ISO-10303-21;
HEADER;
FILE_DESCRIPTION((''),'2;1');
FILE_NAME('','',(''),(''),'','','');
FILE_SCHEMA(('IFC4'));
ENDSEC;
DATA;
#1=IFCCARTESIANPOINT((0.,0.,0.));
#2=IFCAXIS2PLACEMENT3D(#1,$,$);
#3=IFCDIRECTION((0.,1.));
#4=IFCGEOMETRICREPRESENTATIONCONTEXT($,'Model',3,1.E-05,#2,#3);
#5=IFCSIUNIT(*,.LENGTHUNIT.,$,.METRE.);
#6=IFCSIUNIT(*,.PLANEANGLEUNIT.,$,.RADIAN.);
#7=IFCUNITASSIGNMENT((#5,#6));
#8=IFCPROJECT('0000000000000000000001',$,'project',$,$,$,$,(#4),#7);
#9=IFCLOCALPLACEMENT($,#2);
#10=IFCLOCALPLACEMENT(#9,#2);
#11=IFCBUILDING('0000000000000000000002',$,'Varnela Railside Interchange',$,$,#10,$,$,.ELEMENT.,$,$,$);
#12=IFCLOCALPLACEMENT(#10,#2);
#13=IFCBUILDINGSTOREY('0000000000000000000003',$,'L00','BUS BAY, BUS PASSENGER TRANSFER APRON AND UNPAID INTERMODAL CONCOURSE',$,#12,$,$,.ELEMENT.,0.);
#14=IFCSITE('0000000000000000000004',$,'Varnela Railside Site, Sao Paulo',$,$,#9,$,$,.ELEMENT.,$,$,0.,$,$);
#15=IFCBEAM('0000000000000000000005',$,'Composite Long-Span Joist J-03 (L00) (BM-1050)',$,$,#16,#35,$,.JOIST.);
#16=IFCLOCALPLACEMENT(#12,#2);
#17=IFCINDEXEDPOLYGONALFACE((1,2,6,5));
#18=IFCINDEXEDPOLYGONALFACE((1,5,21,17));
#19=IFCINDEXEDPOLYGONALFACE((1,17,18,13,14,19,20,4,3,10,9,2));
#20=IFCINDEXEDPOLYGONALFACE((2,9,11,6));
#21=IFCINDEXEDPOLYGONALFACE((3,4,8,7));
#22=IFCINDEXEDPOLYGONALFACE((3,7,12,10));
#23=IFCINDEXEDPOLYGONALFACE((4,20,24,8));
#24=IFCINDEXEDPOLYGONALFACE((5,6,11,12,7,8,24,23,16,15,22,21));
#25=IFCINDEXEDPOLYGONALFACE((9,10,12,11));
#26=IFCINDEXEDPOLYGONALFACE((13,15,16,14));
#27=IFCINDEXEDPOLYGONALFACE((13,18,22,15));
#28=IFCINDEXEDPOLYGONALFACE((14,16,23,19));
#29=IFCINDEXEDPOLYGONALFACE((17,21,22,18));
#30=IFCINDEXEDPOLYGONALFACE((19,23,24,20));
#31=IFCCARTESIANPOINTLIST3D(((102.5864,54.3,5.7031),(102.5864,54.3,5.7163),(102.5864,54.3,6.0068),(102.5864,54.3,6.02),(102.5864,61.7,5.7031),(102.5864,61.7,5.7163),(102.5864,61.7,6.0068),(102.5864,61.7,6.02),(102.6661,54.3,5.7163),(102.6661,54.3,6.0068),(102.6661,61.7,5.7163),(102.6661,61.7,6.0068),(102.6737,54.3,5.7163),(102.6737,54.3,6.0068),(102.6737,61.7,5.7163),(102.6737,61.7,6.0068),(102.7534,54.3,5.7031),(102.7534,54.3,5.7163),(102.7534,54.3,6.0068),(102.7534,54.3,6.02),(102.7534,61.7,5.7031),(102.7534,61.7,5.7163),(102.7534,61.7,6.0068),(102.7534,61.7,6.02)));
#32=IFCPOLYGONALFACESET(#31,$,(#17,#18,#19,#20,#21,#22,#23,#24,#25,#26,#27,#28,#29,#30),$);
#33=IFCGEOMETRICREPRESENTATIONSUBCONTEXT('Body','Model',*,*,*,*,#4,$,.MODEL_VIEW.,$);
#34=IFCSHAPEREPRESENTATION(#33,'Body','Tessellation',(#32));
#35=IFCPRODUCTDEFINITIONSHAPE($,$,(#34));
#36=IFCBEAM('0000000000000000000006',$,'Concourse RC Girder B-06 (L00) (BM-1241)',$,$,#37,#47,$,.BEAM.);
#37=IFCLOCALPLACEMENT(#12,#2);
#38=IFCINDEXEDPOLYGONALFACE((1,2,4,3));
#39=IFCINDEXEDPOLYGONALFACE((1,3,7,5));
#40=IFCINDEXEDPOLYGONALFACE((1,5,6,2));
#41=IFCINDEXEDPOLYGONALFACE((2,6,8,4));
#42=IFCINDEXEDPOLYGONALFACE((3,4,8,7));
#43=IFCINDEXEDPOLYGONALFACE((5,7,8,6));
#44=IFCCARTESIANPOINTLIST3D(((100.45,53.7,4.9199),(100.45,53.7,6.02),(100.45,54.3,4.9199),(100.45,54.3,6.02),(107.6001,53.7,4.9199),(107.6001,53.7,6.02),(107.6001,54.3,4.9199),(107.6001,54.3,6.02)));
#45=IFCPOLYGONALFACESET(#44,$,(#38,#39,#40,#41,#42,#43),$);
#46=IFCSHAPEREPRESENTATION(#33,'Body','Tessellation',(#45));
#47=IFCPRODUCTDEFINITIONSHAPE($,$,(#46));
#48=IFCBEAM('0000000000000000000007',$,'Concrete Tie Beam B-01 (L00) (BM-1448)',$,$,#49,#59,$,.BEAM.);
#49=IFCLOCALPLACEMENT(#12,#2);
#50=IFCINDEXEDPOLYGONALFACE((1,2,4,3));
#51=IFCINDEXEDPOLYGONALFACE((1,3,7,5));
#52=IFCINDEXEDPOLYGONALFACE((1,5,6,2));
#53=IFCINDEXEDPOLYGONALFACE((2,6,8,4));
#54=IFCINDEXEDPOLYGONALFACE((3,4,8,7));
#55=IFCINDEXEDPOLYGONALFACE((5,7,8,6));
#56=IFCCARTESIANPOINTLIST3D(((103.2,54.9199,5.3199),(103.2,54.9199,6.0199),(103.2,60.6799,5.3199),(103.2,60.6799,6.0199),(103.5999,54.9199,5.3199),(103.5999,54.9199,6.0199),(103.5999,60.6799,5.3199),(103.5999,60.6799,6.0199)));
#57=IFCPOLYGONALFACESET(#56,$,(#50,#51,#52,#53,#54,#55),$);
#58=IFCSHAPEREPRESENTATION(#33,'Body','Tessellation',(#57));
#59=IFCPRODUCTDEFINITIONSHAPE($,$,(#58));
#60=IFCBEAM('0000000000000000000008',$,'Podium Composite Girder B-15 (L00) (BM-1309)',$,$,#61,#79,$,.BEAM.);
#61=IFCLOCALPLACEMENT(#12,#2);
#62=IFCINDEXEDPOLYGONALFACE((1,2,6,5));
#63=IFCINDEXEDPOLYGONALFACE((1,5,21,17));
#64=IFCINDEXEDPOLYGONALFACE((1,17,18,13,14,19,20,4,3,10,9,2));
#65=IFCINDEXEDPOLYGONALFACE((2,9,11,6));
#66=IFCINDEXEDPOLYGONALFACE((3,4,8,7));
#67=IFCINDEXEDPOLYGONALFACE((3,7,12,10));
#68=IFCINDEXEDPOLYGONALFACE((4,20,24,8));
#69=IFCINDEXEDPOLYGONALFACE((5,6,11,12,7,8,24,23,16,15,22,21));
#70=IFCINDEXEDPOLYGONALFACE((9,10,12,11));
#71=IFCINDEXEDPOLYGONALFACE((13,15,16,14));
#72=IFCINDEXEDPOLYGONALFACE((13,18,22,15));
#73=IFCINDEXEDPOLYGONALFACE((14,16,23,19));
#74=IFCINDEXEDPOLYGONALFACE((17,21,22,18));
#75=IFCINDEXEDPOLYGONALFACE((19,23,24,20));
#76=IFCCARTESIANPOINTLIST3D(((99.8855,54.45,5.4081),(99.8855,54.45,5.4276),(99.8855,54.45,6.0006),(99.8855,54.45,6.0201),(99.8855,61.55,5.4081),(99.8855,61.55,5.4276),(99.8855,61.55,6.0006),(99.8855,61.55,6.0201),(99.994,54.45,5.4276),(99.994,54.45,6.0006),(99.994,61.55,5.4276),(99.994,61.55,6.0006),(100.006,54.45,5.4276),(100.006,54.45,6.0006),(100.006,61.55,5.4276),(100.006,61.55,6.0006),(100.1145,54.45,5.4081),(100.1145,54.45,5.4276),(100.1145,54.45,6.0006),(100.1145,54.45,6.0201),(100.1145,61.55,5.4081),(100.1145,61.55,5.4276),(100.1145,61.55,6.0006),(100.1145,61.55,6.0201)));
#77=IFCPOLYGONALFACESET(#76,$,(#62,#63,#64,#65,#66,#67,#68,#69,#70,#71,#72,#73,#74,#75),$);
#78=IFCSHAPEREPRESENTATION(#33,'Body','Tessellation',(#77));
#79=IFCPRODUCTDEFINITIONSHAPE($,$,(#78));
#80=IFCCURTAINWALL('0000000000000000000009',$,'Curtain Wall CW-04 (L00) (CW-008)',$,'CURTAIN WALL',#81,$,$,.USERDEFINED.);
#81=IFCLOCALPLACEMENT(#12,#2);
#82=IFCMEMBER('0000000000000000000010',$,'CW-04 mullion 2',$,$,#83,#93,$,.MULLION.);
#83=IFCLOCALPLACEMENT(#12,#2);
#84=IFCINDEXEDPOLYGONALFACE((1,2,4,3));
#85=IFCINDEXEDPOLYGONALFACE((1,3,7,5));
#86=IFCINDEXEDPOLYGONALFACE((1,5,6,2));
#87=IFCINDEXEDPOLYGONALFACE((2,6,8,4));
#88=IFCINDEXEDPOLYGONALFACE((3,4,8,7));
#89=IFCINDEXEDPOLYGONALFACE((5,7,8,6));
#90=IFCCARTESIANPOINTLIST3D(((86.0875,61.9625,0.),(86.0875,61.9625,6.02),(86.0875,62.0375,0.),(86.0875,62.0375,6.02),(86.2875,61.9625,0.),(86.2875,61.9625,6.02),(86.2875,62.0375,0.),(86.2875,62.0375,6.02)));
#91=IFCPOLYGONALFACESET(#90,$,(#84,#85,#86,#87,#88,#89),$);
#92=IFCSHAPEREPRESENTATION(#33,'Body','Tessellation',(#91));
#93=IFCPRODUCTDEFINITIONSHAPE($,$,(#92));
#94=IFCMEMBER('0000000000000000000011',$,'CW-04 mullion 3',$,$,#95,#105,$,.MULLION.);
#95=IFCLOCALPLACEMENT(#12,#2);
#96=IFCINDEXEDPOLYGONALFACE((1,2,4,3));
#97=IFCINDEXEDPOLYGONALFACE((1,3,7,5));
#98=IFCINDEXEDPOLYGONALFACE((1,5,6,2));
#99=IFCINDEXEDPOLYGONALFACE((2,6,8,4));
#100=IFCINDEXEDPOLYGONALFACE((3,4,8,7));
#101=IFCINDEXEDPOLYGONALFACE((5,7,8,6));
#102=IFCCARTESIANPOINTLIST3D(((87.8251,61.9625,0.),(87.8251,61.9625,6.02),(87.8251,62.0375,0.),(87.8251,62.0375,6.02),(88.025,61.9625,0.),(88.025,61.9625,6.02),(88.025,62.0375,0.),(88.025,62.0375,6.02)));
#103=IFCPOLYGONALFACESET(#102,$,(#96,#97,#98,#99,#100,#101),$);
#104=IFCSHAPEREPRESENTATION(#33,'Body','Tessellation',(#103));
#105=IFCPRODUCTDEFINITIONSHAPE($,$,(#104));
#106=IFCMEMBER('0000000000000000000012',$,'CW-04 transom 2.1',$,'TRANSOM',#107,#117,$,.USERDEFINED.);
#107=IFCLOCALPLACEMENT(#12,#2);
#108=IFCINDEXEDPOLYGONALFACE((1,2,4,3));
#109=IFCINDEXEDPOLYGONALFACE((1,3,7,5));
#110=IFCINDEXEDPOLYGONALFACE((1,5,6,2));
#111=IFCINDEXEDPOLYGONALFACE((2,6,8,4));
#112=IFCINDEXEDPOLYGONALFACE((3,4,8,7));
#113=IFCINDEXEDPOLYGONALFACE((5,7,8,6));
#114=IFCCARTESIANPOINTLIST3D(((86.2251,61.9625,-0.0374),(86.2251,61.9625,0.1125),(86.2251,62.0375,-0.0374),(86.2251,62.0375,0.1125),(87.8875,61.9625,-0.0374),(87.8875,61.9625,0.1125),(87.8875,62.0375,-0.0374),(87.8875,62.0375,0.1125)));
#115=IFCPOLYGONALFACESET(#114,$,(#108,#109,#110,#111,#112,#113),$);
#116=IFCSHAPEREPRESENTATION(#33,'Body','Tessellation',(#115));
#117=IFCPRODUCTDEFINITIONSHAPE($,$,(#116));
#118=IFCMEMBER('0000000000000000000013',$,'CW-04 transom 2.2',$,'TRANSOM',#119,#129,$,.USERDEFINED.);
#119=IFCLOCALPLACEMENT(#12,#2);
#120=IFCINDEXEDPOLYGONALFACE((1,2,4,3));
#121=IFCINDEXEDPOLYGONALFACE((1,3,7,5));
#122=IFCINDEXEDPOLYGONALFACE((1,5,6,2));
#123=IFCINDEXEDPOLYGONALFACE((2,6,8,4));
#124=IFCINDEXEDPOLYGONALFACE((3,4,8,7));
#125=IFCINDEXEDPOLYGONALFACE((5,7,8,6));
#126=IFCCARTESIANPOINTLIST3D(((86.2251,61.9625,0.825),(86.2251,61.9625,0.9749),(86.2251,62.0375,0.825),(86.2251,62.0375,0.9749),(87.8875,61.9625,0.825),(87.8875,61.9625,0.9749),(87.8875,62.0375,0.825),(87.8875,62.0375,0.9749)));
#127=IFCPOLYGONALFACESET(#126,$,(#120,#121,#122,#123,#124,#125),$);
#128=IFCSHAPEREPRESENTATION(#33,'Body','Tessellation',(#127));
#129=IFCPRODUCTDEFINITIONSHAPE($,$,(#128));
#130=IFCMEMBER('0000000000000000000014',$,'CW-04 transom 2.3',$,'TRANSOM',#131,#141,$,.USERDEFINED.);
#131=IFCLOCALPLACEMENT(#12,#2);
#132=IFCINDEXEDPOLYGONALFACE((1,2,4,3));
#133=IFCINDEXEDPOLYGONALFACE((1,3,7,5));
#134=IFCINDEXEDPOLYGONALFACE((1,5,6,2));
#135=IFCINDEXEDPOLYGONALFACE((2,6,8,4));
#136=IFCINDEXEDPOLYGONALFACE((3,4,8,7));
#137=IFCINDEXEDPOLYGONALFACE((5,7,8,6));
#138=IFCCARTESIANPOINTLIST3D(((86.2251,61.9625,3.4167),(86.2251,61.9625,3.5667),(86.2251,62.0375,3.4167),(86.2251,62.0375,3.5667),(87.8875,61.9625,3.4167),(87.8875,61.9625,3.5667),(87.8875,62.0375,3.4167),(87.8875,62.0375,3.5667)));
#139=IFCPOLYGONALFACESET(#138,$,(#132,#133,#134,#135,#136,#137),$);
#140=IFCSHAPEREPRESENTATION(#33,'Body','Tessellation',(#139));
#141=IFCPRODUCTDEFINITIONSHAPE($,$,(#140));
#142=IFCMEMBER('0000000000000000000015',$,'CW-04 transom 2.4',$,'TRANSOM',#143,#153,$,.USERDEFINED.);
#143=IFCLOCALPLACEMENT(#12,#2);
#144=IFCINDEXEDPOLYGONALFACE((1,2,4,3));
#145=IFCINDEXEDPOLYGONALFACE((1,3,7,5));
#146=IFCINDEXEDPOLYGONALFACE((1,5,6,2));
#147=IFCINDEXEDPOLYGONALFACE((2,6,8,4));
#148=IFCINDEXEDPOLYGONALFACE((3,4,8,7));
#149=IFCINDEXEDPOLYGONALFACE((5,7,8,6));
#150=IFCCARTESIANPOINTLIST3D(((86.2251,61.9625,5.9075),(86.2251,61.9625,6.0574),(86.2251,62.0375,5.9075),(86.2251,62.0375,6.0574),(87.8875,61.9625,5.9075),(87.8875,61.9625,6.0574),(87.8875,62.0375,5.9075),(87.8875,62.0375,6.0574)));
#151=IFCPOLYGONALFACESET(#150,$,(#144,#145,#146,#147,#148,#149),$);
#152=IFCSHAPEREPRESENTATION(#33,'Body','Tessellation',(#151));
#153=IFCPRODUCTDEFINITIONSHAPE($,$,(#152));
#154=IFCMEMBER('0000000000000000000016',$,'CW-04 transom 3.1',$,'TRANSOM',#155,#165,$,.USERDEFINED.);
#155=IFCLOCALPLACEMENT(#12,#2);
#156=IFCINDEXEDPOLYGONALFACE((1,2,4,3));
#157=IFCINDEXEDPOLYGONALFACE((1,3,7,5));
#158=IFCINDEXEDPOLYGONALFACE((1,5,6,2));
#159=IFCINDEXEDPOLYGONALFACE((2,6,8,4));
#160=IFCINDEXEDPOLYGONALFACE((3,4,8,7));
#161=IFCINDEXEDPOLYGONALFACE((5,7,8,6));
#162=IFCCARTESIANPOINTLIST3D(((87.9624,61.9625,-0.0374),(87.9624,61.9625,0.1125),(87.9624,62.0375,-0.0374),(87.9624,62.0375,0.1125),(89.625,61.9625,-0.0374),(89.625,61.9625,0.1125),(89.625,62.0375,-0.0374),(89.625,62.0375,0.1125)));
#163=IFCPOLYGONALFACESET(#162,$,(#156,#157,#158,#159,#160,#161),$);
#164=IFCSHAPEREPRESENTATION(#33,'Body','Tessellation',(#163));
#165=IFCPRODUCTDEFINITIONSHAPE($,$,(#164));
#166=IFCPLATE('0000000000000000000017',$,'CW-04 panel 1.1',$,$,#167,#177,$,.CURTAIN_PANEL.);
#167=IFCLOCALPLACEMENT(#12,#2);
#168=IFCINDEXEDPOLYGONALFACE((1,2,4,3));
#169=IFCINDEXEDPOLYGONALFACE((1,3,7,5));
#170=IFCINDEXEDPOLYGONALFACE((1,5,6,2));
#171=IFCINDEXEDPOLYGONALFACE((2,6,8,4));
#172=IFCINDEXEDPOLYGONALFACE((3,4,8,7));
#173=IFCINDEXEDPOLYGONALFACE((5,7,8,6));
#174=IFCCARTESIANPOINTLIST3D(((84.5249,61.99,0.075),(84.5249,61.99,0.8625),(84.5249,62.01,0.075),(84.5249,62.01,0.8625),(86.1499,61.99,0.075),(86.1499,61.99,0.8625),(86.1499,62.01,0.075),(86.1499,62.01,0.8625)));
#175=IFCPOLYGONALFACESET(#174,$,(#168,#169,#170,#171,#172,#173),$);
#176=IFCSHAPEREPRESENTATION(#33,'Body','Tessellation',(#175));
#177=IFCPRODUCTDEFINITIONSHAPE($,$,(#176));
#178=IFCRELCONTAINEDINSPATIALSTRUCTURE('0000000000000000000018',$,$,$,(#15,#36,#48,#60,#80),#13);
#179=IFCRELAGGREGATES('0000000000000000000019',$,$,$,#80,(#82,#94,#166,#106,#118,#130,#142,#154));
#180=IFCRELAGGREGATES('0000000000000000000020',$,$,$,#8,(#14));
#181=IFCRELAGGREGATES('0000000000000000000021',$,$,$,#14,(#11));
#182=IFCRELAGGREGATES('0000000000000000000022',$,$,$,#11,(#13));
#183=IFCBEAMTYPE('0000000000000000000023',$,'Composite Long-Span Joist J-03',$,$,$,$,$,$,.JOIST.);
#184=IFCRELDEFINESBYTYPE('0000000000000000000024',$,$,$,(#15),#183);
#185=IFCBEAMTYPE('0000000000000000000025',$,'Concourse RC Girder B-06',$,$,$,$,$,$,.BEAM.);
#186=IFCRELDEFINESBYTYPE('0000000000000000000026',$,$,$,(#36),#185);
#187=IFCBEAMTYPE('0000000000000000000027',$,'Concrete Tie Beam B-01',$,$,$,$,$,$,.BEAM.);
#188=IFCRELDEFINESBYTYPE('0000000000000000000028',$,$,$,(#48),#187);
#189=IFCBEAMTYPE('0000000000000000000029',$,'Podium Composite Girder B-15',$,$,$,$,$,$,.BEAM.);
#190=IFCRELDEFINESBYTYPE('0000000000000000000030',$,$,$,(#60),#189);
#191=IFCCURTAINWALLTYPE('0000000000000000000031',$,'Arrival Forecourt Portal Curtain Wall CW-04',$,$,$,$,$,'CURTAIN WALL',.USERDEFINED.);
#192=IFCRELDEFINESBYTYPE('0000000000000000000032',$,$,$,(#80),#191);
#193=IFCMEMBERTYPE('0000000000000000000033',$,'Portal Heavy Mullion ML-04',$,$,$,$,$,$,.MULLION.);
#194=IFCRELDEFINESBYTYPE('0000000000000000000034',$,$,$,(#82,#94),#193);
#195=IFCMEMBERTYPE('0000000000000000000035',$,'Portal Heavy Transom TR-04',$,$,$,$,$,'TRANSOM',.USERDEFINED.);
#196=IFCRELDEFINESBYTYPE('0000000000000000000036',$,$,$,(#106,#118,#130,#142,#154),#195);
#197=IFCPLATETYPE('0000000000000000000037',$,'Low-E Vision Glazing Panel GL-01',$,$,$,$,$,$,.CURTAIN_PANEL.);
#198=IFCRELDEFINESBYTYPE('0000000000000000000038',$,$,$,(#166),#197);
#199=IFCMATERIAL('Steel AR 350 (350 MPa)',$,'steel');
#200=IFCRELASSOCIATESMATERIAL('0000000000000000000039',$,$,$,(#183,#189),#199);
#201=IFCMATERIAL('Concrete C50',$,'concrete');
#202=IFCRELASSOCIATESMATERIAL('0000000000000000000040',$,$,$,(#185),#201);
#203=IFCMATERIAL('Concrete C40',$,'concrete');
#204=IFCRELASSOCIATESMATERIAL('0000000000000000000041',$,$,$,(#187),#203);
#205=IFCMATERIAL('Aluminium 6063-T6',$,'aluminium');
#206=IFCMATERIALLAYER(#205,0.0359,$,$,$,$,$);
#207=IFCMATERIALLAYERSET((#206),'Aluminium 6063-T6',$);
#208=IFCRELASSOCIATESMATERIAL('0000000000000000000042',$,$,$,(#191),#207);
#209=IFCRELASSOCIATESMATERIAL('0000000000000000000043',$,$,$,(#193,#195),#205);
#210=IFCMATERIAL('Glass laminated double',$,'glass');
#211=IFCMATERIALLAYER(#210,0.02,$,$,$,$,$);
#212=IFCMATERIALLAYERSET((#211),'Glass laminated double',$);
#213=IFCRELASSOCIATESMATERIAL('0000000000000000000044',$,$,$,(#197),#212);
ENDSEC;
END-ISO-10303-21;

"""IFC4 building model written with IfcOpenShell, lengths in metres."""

from ifc_helpers import new_model, si_unit, direction, frame, origin, origin_2d, place, context, subcontext, project, spatial, rectangle, i_section, extrude, material, layer, layer_set, material_profile, profile_set, type_object, element, aggregate, save


model = new_model("IFC4")

# Units and contexts
model_context = context("Model", 3, precision=1e-05, world=origin(), true_north=direction((0.0, 1.0)))
body_context = subcontext(model_context, "Body", "Model", "MODEL_VIEW")
ifc_project = project(units=[si_unit("LENGTHUNIT", "METRE"), si_unit("PLANEANGLEUNIT", "RADIAN")], contexts=[model_context])

# Site, building, storey
site_placement = place(None, origin())
site = spatial("IfcSite", under=ifc_project, at=site_placement, Name="Varnela Railside Site, Sao Paulo", CompositionType="ELEMENT", RefElevation=0.0)
building_placement = place(site_placement, origin())
building = spatial("IfcBuilding", under=site, at=building_placement, Name="Varnela Railside Interchange", CompositionType="ELEMENT")
storey_placement = place(building_placement, origin())
storey = spatial("IfcBuildingStorey", under=building, at=storey_placement, Name="L00", Description="BUS BAY, BUS PASSENGER TRANSFER APRON AND UNPAID INTERMODAL CONCOURSE", CompositionType="ELEMENT", Elevation=0.0)

# Beams
ifc_material_1 = material(Name="Steel AR 350 (350 MPa)", Category="steel")
ifc_material_profile_1 = material_profile(ifc_material_1, i_section(OverallWidth=0.167, OverallDepth=0.3169, WebThickness=0.0076, FlangeThickness=0.0132, at=origin_2d()), Name="W310x52")
ifc_profile_set_1 = profile_set([ifc_material_profile_1], Name="Steel AR 350 (350 MPa)")
beam_type_1 = type_object("IfcBeamType", Name="Composite Long-Span Joist J-03", PredefinedType="JOIST", material=ifc_profile_set_1)
beam_1_placement = place(storey_placement, frame((102.6699, 54.3, 5.8616), z_axis=(0.0, 1.0, 0.0), x_axis=(-1.0, 0.0, 0.0)))
element("IfcBeam", 1, at=beam_1_placement, inside=storey, type_object=beam_type_1, Name="Composite Long-Span Joist J-03 (L00) (BM-1050)", PredefinedType="JOIST", context=body_context, shape_type="SweptSolid", body=[
    extrude(i_section(OverallWidth=0.167, OverallDepth=0.3169, WebThickness=0.0076, FlangeThickness=0.0132, at=origin_2d()), origin(), (0.0, 0.0, 1.0), 7.3999),
])
ifc_material_2 = material(Name="Concrete C50", Category="concrete")
ifc_material_profile_2 = material_profile(ifc_material_2, rectangle(XDim=0.6001, YDim=1.1001, at=origin_2d()), Name="RC 600x1100")
ifc_profile_set_2 = profile_set([ifc_material_profile_2], Name="Concrete C50")
beam_type_2 = type_object("IfcBeamType", Name="Concourse RC Girder B-06", PredefinedType="BEAM", material=ifc_profile_set_2)
beam_2_placement = place(storey_placement, frame((100.45, 54.0, 5.47), z_axis=(1.0, 0.0, 0.0), x_axis=(0.0, 1.0, 0.0)))
element("IfcBeam", 2, at=beam_2_placement, inside=storey, type_object=beam_type_2, Name="Concourse RC Girder B-06 (L00) (BM-1241)", PredefinedType="BEAM", context=body_context, shape_type="SweptSolid", body=[
    extrude(rectangle(XDim=0.6001, YDim=1.1001, at=origin_2d()), origin(), (0.0, 0.0, 1.0), 7.1501),
])
ifc_material_3 = material(Name="Concrete C40", Category="concrete")
ifc_material_profile_3 = material_profile(ifc_material_3, rectangle(XDim=0.3999, YDim=0.7, at=origin_2d()), Name="RC 400x700")
ifc_profile_set_3 = profile_set([ifc_material_profile_3], Name="Concrete C40")
beam_type_3 = type_object("IfcBeamType", Name="Concrete Tie Beam B-01", PredefinedType="BEAM", material=ifc_profile_set_3)
beam_3_placement = place(storey_placement, frame((103.3999, 54.9199, 5.6699), z_axis=(0.0, 1.0, 0.0), x_axis=(-1.0, 0.0, 0.0)))
element("IfcBeam", 3, at=beam_3_placement, inside=storey, type_object=beam_type_3, Name="Concrete Tie Beam B-01 (L00) (BM-1448)", PredefinedType="BEAM", context=body_context, shape_type="SweptSolid", body=[
    extrude(rectangle(XDim=0.3999, YDim=0.7, at=origin_2d()), origin(), (0.0, 0.0, 1.0), 5.76),
])
ifc_material_profile_4 = material_profile(ifc_material_1, i_section(OverallWidth=0.229, OverallDepth=0.6121, WebThickness=0.012, FlangeThickness=0.0195, at=origin_2d()), Name="W610x125")
ifc_profile_set_4 = profile_set([ifc_material_profile_4], Name="Steel AR 350 (350 MPa)")
beam_type_4 = type_object("IfcBeamType", Name="Podium Composite Girder B-15", PredefinedType="BEAM", material=ifc_profile_set_4)
beam_4_placement = place(storey_placement, frame((100.0, 54.45, 5.7141), z_axis=(0.0, 1.0, 0.0), x_axis=(-1.0, 0.0, 0.0)))
element("IfcBeam", 4, at=beam_4_placement, inside=storey, type_object=beam_type_4, Name="Podium Composite Girder B-15 (L00) (BM-1309)", PredefinedType="BEAM", context=body_context, shape_type="SweptSolid", body=[
    extrude(i_section(OverallWidth=0.229, OverallDepth=0.6121, WebThickness=0.012, FlangeThickness=0.0195, at=origin_2d()), origin(), (0.0, 0.0, 1.0), 7.1001),
])

# Curtain wall, members, plate
ifc_material_4 = material(Name="Aluminium 6063-T6", Category="aluminium")
ifc_layer_1 = layer(ifc_material_4, 0.0359)
ifc_layer_set_1 = layer_set([ifc_layer_1], Name="Aluminium 6063-T6")
curtain_wall_type = type_object("IfcCurtainWallType", Name="Arrival Forecourt Portal Curtain Wall CW-04", ElementType="CURTAIN WALL", PredefinedType="USERDEFINED", material=ifc_layer_set_1)
curtain_wall_placement = place(storey_placement, origin())
curtain_wall = element("IfcCurtainWall", 5, at=curtain_wall_placement, inside=storey, type_object=curtain_wall_type, Name="Curtain Wall CW-04 (L00) (CW-008)", ObjectType="CURTAIN WALL", PredefinedType="USERDEFINED")
ifc_material_profile_5 = material_profile(ifc_material_4, rectangle(XDim=0.075, YDim=0.2, at=origin_2d()), Name="ALU 75x200")
ifc_profile_set_5 = profile_set([ifc_material_profile_5], Name="Aluminium 6063-T6")
member_type_1 = type_object("IfcMemberType", Name="Portal Heavy Mullion ML-04", PredefinedType="MULLION", material=ifc_profile_set_5)
member_1_placement = place(storey_placement, frame((86.1875, 62.0, 0.0), z_axis=(0.0, 0.0, 1.0), x_axis=(0.0, 1.0, 0.0)))
member_1 = element("IfcMember", 6, at=member_1_placement, type_object=member_type_1, Name="CW-04 mullion 2", PredefinedType="MULLION", context=body_context, shape_type="SweptSolid", body=[
    extrude(rectangle(XDim=0.075, YDim=0.2, at=origin_2d()), origin(), (0.0, 0.0, 1.0), 6.02),
])
member_2_placement = place(storey_placement, frame((87.925, 62.0, 0.0), z_axis=(0.0, 0.0, 1.0), x_axis=(0.0, 1.0, 0.0)))
member_2 = element("IfcMember", 7, at=member_2_placement, type_object=member_type_1, Name="CW-04 mullion 3", PredefinedType="MULLION", context=body_context, shape_type="SweptSolid", body=[
    extrude(rectangle(XDim=0.075, YDim=0.2, at=origin_2d()), origin(), (0.0, 0.0, 1.0), 6.02),
])
ifc_material_profile_6 = material_profile(ifc_material_4, rectangle(XDim=0.075, YDim=0.1499, at=origin_2d()), Name="ALU 75x150")
ifc_profile_set_6 = profile_set([ifc_material_profile_6], Name="Aluminium 6063-T6")
member_type_2 = type_object("IfcMemberType", Name="Portal Heavy Transom TR-04", ElementType="TRANSOM", PredefinedType="USERDEFINED", material=ifc_profile_set_6)
member_3_placement = place(storey_placement, frame((86.2251, 62.0, 0.0376), z_axis=(1.0, 0.0, 0.0), x_axis=(0.0, 1.0, 0.0)))
member_3 = element("IfcMember", 8, at=member_3_placement, type_object=member_type_2, Name="CW-04 transom 2.1", ObjectType="TRANSOM", PredefinedType="USERDEFINED", context=body_context, shape_type="SweptSolid", body=[
    extrude(rectangle(XDim=0.075, YDim=0.1499, at=origin_2d()), origin(), (0.0, 0.0, 1.0), 1.6624),
])
member_4_placement = place(storey_placement, frame((86.2251, 62.0, 0.8999), z_axis=(1.0, 0.0, 0.0), x_axis=(0.0, 1.0, 0.0)))
member_4 = element("IfcMember", 9, at=member_4_placement, type_object=member_type_2, Name="CW-04 transom 2.2", ObjectType="TRANSOM", PredefinedType="USERDEFINED", context=body_context, shape_type="SweptSolid", body=[
    extrude(rectangle(XDim=0.075, YDim=0.1499, at=origin_2d()), origin(), (0.0, 0.0, 1.0), 1.6624),
])
member_5_placement = place(storey_placement, frame((86.2251, 62.0, 3.4917), z_axis=(1.0, 0.0, 0.0), x_axis=(0.0, 1.0, 0.0)))
member_5 = element("IfcMember", 10, at=member_5_placement, type_object=member_type_2, Name="CW-04 transom 2.3", ObjectType="TRANSOM", PredefinedType="USERDEFINED", context=body_context, shape_type="SweptSolid", body=[
    extrude(rectangle(XDim=0.075, YDim=0.1499, at=origin_2d()), origin(), (0.0, 0.0, 1.0), 1.6624),
])
member_6_placement = place(storey_placement, frame((86.2251, 62.0, 5.9824), z_axis=(1.0, 0.0, 0.0), x_axis=(0.0, 1.0, 0.0)))
member_6 = element("IfcMember", 11, at=member_6_placement, type_object=member_type_2, Name="CW-04 transom 2.4", ObjectType="TRANSOM", PredefinedType="USERDEFINED", context=body_context, shape_type="SweptSolid", body=[
    extrude(rectangle(XDim=0.075, YDim=0.1499, at=origin_2d()), origin(), (0.0, 0.0, 1.0), 1.6624),
])
member_7_placement = place(storey_placement, frame((87.9624, 62.0, 0.0376), z_axis=(1.0, 0.0, 0.0), x_axis=(0.0, 1.0, 0.0)))
member_7 = element("IfcMember", 12, at=member_7_placement, type_object=member_type_2, Name="CW-04 transom 3.1", ObjectType="TRANSOM", PredefinedType="USERDEFINED", context=body_context, shape_type="SweptSolid", body=[
    extrude(rectangle(XDim=0.075, YDim=0.1499, at=origin_2d()), origin(), (0.0, 0.0, 1.0), 1.6626),
])
ifc_material_5 = material(Name="Glass laminated double", Category="glass")
ifc_layer_2 = layer(ifc_material_5, 0.02)
ifc_layer_set_2 = layer_set([ifc_layer_2], Name="Glass laminated double")
plate_type = type_object("IfcPlateType", Name="Low-E Vision Glazing Panel GL-01", PredefinedType="CURTAIN_PANEL", material=ifc_layer_set_2)
plate_1_placement = place(storey_placement, frame((85.3374, 62.0, 0.075), z_axis=(0.0, 0.0, 1.0), x_axis=(1.0, 0.0, 0.0)))
plate_1 = element("IfcPlate", 13, at=plate_1_placement, type_object=plate_type, Name="CW-04 panel 1.1", PredefinedType="CURTAIN_PANEL", context=body_context, shape_type="SweptSolid", body=[
    extrude(rectangle(XDim=1.625, YDim=0.02, at=origin_2d()), origin(), (0.0, 0.0, 1.0), 0.7876),
])
aggregate(curtain_wall, [member_1, member_2, plate_1, member_3, member_4, member_5, member_6, member_7])

save(model, "model.ifc")
